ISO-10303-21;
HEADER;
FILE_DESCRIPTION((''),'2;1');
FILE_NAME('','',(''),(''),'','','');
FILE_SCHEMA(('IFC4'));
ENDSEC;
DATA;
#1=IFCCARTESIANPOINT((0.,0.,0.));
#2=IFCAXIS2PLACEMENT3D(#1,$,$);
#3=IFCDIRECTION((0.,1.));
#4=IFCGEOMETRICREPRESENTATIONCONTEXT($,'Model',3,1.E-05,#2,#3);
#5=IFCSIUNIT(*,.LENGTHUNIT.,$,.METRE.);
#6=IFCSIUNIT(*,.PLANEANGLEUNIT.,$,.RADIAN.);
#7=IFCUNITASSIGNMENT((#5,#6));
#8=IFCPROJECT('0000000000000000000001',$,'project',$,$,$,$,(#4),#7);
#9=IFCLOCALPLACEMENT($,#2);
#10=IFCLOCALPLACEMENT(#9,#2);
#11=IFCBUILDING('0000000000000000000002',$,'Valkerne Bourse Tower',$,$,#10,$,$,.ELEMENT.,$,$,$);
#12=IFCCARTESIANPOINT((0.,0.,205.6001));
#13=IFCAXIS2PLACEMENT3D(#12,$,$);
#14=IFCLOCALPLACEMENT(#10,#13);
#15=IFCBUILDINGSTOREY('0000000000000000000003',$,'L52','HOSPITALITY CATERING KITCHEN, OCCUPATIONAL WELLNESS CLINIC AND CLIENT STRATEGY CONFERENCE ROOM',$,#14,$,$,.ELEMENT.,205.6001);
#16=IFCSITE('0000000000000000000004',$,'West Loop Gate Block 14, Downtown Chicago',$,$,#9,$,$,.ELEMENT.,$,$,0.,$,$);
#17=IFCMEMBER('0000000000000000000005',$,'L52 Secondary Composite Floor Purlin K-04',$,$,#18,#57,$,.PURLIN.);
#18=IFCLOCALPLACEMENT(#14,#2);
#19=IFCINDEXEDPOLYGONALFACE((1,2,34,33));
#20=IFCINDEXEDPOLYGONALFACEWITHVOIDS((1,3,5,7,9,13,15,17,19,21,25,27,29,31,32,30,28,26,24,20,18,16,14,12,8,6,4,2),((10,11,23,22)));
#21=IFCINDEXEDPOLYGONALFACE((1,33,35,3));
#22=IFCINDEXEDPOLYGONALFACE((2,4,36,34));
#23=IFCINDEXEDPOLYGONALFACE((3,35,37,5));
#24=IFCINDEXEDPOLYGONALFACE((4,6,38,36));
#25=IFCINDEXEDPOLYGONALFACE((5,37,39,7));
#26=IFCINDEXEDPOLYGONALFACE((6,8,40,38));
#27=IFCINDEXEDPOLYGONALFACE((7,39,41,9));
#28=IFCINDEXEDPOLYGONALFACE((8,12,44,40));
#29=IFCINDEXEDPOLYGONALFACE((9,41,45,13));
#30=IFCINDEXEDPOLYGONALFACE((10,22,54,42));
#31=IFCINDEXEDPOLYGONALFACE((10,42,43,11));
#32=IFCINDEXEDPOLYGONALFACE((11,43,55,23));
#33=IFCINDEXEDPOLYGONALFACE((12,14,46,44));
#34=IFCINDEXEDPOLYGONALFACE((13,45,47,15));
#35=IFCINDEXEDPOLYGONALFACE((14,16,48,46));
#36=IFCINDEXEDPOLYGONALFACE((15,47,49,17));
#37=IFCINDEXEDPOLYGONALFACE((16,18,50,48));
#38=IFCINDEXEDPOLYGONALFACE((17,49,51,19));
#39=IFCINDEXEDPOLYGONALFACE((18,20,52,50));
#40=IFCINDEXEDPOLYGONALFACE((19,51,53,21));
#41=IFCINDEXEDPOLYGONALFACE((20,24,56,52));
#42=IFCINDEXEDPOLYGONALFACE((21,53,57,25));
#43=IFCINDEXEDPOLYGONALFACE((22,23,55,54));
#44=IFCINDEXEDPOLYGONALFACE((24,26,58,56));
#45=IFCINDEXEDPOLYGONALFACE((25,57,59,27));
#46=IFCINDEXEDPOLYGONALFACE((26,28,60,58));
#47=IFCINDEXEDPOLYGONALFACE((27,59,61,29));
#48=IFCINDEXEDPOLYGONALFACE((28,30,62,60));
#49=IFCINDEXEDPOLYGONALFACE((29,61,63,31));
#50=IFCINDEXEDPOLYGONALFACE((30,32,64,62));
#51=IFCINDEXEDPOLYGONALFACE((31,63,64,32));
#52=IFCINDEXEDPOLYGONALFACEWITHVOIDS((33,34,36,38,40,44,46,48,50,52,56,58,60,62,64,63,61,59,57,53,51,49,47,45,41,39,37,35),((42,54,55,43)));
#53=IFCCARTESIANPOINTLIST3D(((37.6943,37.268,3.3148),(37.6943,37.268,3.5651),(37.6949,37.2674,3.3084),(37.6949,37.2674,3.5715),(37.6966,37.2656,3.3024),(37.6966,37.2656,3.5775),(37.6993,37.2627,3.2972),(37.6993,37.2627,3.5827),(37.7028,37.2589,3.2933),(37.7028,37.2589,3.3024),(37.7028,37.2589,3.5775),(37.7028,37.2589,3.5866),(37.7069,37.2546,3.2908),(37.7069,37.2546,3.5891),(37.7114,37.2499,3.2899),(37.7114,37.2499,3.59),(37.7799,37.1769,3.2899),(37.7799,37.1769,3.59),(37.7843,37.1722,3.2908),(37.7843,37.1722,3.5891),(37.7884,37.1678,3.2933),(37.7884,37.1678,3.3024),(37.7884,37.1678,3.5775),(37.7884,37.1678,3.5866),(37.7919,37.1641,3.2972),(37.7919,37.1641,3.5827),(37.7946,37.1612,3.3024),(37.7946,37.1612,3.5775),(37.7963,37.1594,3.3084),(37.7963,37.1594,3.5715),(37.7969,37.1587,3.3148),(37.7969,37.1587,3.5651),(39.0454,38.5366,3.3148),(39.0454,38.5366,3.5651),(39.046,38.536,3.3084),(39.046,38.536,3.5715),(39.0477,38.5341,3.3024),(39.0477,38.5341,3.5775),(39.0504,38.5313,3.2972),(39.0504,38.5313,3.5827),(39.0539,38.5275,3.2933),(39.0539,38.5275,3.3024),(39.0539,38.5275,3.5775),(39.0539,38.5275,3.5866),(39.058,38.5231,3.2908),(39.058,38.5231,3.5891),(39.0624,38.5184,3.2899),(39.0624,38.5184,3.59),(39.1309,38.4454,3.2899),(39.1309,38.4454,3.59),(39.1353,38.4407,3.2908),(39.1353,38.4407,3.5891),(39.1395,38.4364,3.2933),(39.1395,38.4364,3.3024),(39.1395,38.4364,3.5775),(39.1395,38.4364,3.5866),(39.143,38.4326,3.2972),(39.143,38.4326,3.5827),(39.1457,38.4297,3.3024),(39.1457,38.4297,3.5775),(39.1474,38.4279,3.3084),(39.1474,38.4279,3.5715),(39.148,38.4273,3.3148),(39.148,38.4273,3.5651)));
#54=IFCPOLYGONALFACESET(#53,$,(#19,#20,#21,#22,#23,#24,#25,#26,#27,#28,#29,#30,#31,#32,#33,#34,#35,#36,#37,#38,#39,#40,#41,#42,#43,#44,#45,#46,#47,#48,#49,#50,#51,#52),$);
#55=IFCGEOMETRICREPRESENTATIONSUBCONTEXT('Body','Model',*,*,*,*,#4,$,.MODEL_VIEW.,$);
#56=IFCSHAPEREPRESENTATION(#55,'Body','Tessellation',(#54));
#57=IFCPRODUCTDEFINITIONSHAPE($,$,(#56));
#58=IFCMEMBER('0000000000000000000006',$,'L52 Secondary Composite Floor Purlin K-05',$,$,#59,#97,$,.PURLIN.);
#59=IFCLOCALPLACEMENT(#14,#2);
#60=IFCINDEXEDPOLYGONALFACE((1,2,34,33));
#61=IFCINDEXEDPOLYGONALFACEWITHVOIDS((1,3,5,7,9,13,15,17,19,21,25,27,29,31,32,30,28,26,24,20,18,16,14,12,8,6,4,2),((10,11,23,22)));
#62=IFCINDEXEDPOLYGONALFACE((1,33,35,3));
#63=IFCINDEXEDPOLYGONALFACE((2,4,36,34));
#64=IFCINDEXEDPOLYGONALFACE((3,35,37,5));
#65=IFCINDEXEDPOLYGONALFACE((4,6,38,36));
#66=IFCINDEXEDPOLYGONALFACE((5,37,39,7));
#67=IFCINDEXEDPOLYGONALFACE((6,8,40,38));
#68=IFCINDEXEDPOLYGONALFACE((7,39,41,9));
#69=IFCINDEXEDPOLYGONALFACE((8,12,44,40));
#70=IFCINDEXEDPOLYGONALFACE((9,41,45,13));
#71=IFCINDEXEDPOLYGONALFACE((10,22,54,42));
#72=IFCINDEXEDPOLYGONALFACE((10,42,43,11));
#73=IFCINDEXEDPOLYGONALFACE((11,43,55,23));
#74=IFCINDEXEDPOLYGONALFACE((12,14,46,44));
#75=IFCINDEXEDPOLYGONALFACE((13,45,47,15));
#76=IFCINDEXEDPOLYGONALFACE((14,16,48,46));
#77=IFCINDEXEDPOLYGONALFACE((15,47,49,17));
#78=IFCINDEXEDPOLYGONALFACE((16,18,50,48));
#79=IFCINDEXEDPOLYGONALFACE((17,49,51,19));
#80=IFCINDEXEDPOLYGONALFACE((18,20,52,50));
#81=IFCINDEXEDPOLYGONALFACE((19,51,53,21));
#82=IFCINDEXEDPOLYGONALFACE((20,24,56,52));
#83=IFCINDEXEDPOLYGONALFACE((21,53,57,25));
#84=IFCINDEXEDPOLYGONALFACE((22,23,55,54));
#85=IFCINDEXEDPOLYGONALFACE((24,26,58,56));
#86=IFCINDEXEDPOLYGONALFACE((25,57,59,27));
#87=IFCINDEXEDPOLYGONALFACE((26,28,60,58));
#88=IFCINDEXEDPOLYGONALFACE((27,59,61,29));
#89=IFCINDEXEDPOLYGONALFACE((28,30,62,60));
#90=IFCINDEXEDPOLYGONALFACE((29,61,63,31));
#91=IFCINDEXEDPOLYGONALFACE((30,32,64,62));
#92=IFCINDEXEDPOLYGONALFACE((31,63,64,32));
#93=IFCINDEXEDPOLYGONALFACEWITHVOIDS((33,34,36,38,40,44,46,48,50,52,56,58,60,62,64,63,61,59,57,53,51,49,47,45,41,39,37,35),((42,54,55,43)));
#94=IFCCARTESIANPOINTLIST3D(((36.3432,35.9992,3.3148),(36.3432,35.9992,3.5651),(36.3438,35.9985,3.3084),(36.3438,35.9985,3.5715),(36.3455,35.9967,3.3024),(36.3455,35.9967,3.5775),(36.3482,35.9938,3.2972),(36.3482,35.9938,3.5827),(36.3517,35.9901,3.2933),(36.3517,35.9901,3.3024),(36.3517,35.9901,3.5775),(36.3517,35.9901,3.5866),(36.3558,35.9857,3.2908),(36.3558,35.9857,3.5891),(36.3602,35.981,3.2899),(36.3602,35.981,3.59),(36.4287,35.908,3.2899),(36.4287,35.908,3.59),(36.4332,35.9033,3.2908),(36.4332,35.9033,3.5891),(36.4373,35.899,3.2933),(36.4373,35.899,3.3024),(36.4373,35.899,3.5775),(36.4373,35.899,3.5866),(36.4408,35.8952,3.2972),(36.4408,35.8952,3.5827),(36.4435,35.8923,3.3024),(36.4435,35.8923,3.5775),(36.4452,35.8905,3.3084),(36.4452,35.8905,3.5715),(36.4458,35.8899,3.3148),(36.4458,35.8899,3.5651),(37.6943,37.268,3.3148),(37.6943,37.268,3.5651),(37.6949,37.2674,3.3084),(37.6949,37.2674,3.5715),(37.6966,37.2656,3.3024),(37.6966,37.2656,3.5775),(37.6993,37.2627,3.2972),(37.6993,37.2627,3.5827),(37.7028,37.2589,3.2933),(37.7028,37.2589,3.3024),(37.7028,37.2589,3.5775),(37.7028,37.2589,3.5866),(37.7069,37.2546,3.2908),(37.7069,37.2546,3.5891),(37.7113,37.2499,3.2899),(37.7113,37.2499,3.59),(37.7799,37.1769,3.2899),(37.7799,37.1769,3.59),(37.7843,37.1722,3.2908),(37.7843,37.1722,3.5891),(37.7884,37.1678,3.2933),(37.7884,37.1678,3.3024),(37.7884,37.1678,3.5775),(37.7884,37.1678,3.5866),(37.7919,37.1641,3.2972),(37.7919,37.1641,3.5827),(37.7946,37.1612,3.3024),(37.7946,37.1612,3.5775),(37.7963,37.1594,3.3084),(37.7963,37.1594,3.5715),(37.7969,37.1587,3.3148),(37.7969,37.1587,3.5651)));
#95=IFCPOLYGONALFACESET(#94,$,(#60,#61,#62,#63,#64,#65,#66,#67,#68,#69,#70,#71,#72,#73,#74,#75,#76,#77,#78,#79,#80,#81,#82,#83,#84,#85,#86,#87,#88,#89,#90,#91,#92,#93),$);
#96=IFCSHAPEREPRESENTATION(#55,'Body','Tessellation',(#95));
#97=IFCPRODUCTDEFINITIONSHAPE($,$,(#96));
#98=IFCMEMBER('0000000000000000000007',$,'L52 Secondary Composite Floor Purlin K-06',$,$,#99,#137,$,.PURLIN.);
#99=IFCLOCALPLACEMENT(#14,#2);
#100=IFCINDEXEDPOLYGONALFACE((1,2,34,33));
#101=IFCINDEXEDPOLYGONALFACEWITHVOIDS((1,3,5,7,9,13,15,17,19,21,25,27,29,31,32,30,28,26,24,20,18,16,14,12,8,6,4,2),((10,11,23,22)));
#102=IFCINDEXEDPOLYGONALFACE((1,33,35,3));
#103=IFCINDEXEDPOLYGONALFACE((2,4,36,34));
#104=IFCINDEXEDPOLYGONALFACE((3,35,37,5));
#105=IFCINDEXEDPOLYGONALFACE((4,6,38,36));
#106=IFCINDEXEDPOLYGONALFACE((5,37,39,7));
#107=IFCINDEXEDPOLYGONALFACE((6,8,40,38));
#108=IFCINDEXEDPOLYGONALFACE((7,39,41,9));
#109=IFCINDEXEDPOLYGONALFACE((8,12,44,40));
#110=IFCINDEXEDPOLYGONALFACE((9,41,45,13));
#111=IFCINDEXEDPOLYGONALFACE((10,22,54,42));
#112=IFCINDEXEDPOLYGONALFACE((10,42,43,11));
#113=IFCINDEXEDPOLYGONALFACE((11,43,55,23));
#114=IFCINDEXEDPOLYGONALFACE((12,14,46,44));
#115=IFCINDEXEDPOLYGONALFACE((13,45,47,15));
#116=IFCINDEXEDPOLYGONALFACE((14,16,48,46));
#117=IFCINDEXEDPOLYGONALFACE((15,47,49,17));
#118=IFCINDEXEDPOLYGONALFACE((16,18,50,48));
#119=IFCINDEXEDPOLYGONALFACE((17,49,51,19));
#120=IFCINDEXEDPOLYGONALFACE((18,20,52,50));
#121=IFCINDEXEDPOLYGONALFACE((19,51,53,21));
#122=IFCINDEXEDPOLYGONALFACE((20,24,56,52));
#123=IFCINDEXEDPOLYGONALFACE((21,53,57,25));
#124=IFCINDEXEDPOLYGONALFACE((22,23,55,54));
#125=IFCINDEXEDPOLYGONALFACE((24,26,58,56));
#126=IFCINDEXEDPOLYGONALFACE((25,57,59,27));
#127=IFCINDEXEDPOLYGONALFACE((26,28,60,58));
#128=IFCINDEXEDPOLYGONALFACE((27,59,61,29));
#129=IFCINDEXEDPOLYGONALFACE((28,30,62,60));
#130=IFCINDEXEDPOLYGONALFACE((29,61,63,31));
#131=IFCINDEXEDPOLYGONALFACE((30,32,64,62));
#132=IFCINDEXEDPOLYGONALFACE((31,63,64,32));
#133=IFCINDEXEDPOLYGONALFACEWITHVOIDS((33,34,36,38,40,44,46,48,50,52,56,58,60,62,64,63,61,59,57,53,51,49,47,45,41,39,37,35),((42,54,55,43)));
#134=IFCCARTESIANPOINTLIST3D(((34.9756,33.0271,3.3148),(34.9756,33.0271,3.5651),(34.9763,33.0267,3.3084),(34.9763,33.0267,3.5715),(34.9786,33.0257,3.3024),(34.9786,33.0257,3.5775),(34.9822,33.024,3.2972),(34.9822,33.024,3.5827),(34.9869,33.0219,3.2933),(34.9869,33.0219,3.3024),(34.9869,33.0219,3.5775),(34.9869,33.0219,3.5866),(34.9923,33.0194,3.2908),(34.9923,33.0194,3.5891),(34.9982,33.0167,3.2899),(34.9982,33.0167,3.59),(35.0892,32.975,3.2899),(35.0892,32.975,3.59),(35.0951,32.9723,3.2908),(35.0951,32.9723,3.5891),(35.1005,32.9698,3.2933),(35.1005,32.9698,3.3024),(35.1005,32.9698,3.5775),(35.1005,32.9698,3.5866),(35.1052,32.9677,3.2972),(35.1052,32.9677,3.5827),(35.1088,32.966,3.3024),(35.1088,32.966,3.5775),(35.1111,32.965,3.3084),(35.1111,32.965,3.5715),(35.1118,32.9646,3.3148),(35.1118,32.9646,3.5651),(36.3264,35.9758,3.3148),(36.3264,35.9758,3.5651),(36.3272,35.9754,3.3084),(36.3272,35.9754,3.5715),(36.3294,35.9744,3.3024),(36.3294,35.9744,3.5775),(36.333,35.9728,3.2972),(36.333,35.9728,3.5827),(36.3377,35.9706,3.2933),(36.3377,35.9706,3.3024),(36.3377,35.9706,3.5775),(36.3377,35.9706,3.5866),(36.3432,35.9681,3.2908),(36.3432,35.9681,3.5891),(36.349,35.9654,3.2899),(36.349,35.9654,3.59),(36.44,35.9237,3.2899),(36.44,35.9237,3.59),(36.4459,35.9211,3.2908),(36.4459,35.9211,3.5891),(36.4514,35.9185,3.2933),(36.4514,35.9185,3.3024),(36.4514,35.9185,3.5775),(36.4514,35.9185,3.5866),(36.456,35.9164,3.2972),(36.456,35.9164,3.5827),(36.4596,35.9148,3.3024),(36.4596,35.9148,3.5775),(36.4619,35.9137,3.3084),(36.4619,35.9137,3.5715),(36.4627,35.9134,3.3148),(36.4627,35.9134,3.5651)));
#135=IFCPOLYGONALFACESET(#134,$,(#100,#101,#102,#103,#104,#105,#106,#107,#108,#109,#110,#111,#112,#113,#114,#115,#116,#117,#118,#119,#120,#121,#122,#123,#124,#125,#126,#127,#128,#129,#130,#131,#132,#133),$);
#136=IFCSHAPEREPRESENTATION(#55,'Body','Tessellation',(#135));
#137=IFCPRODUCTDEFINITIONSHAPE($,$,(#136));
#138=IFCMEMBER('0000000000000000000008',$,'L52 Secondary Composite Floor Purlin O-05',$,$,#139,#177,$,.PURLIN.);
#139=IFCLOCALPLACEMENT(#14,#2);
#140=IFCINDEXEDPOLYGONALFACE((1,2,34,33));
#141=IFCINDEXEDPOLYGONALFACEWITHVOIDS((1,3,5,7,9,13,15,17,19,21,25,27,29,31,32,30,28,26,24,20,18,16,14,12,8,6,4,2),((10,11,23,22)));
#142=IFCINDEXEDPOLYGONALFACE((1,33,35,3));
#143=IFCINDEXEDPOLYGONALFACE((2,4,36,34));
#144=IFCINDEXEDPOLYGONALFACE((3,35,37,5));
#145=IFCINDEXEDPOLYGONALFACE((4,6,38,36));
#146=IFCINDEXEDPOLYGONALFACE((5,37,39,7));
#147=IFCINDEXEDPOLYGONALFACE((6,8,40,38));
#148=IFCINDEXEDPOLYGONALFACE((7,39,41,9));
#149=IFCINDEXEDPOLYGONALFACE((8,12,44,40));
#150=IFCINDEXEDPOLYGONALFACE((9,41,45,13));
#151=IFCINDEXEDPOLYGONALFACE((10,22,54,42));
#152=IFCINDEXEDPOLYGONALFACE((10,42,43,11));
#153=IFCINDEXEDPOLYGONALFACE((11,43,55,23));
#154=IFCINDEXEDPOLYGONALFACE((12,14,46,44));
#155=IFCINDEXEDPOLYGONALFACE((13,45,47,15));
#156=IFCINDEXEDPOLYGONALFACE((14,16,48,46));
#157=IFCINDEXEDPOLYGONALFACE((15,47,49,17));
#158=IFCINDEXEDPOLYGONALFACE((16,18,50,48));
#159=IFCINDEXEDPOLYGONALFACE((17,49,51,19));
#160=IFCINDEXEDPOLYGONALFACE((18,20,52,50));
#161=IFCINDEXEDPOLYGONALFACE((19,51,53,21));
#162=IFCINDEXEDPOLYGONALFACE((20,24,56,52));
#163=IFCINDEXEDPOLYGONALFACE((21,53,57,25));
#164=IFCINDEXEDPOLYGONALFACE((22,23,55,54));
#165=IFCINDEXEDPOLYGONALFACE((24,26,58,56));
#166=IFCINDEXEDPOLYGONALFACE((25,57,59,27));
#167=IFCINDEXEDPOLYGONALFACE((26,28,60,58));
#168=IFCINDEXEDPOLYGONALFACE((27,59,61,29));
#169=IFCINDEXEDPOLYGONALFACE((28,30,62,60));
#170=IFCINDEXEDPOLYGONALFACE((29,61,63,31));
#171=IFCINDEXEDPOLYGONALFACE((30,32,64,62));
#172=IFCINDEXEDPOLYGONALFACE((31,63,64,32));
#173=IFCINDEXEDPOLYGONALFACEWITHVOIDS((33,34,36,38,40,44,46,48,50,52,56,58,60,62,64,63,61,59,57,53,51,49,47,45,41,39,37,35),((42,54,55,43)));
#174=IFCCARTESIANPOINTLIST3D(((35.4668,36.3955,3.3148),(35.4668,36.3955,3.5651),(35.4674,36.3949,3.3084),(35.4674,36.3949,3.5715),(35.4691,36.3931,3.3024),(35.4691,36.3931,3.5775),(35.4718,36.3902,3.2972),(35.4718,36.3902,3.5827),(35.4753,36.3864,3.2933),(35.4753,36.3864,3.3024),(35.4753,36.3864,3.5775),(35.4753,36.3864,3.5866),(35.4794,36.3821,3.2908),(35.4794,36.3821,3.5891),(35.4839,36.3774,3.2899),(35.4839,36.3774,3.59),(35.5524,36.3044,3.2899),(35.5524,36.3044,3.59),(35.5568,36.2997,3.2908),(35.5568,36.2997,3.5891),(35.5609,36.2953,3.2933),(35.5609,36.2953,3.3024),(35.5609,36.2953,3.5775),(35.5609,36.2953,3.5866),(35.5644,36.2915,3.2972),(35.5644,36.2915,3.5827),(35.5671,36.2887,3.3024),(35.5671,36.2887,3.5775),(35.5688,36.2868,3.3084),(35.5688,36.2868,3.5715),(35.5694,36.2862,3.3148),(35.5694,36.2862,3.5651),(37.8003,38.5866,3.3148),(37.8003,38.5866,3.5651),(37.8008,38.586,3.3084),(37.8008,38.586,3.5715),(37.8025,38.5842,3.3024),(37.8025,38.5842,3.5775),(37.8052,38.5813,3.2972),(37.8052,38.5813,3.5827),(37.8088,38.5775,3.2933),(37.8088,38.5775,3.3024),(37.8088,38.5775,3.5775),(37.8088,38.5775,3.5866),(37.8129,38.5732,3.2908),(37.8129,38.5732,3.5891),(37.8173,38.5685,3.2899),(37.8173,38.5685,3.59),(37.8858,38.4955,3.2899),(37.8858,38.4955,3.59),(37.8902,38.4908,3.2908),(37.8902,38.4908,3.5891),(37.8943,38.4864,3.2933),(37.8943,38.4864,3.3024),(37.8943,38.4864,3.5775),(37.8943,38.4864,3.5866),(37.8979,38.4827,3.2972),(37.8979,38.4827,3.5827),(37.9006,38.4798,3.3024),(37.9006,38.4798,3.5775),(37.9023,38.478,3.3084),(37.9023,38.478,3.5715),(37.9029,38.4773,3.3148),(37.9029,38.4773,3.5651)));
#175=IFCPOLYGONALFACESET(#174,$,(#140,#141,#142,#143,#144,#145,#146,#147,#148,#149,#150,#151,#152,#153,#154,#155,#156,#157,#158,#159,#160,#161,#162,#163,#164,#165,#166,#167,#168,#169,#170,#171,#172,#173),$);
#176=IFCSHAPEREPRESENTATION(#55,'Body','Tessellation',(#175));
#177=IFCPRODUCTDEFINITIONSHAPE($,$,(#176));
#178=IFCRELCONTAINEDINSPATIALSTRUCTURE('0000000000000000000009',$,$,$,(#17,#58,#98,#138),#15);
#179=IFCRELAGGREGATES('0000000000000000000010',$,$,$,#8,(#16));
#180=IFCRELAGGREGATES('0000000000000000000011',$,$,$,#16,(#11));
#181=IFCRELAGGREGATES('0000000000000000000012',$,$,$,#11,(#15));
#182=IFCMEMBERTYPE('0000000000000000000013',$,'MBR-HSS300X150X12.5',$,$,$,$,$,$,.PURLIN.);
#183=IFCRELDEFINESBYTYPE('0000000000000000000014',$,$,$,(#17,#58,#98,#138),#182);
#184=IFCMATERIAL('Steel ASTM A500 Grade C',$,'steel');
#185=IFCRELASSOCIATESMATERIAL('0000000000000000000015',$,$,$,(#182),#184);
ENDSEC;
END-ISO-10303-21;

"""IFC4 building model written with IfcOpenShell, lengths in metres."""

from ifc_helpers import new_model, si_unit, direction, frame, origin, origin_2d, place, context, subcontext, project, spatial, hollow_rectangle, extrude, material, material_profile, profile_set, type_object, element, save


model = new_model("IFC4")

# Units and contexts
model_context = context("Model", 3, precision=1e-05, world=origin(), true_north=direction((0.0, 1.0)))
body_context = subcontext(model_context, "Body", "Model", "MODEL_VIEW")
ifc_project = project(units=[si_unit("LENGTHUNIT", "METRE"), si_unit("PLANEANGLEUNIT", "RADIAN")], contexts=[model_context])

# Site, building, storey
site_placement = place(None, origin())
site = spatial("IfcSite", under=ifc_project, at=site_placement, Name="West Loop Gate Block 14, Downtown Chicago", CompositionType="ELEMENT", RefElevation=0.0)
building_placement = place(site_placement, origin())
building = spatial("IfcBuilding", under=site, at=building_placement, Name="Valkerne Bourse Tower", CompositionType="ELEMENT")
storey_placement = place(building_placement, frame((0.0, 0.0, 205.6001)))
storey = spatial("IfcBuildingStorey", under=building, at=storey_placement, Name="L52", Description="HOSPITALITY CATERING KITCHEN, OCCUPATIONAL WELLNESS CLINIC AND CLIENT STRATEGY CONFERENCE ROOM", CompositionType="ELEMENT", Elevation=205.6001)

# Members
ifc_material_1 = material(Name="Steel ASTM A500 Grade C", Category="steel")
ifc_material_profile_1 = material_profile(ifc_material_1, hollow_rectangle(XDim=0.1499, YDim=0.3, WallThickness=0.0125, OuterFilletRadius=0.0249, at=origin_2d()), Name="HSS300X150X12.5")
ifc_profile_set_1 = profile_set([ifc_material_profile_1], Name="Steel ASTM A500 Grade C")
member_type_1 = type_object("IfcMemberType", Name="MBR-HSS300X150X12.5", PredefinedType="PURLIN", material=ifc_profile_set_1)
member_1_placement = place(storey_placement, frame((39.0967, 38.4819, 3.4399), z_axis=(-0.729019, -0.684493, 0.0), x_axis=(0.684493, -0.729019, 0.0)))
element("IfcMember", 1, at=member_1_placement, inside=storey, type_object=member_type_1, Name="L52 Secondary Composite Floor Purlin K-04", PredefinedType="PURLIN", context=body_context, shape_type="SweptSolid", body=[
    extrude(hollow_rectangle(XDim=0.1499, YDim=0.3, WallThickness=0.0125, OuterFilletRadius=0.0249, at=origin_2d()), origin(), (0.0, 0.0, 1.0), 1.8533),
])
member_2_placement = place(storey_placement, frame((37.7456, 37.2134, 3.4399), z_axis=(-0.728954, -0.684563, 0.0), x_axis=(0.684563, -0.728954, 0.0)))
element("IfcMember", 2, at=member_2_placement, inside=storey, type_object=member_type_1, Name="L52 Secondary Composite Floor Purlin K-05", PredefinedType="PURLIN", context=body_context, shape_type="SweptSolid", body=[
    extrude(hollow_rectangle(XDim=0.1499, YDim=0.3, WallThickness=0.0125, OuterFilletRadius=0.0249, at=origin_2d()), origin(), (0.0, 0.0, 1.0), 1.8535),
])
member_3_placement = place(storey_placement, frame((36.3945, 35.9446, 3.4399), z_axis=(-0.416484, -0.909143, 0.0), x_axis=(0.909143, -0.416484, 0.0)))
element("IfcMember", 3, at=member_3_placement, inside=storey, type_object=member_type_1, Name="L52 Secondary Composite Floor Purlin K-06", PredefinedType="PURLIN", context=body_context, shape_type="SweptSolid", body=[
    extrude(hollow_rectangle(XDim=0.1499, YDim=0.3, WallThickness=0.0125, OuterFilletRadius=0.0249, at=origin_2d()), origin(), (0.0, 0.0, 1.0), 3.2434),
])
member_4_placement = place(storey_placement, frame((37.8516, 38.532, 3.4399), z_axis=(-0.72899, -0.684524, 0.0), x_axis=(0.684524, -0.72899, 0.0)))
element("IfcMember", 4, at=member_4_placement, inside=storey, type_object=member_type_1, Name="L52 Secondary Composite Floor Purlin O-05", PredefinedType="PURLIN", context=body_context, shape_type="SweptSolid", body=[
    extrude(hollow_rectangle(XDim=0.1499, YDim=0.3, WallThickness=0.0125, OuterFilletRadius=0.0249, at=origin_2d()), origin(), (0.0, 0.0, 1.0), 3.2009),
])

save(model, "model.ifc")
